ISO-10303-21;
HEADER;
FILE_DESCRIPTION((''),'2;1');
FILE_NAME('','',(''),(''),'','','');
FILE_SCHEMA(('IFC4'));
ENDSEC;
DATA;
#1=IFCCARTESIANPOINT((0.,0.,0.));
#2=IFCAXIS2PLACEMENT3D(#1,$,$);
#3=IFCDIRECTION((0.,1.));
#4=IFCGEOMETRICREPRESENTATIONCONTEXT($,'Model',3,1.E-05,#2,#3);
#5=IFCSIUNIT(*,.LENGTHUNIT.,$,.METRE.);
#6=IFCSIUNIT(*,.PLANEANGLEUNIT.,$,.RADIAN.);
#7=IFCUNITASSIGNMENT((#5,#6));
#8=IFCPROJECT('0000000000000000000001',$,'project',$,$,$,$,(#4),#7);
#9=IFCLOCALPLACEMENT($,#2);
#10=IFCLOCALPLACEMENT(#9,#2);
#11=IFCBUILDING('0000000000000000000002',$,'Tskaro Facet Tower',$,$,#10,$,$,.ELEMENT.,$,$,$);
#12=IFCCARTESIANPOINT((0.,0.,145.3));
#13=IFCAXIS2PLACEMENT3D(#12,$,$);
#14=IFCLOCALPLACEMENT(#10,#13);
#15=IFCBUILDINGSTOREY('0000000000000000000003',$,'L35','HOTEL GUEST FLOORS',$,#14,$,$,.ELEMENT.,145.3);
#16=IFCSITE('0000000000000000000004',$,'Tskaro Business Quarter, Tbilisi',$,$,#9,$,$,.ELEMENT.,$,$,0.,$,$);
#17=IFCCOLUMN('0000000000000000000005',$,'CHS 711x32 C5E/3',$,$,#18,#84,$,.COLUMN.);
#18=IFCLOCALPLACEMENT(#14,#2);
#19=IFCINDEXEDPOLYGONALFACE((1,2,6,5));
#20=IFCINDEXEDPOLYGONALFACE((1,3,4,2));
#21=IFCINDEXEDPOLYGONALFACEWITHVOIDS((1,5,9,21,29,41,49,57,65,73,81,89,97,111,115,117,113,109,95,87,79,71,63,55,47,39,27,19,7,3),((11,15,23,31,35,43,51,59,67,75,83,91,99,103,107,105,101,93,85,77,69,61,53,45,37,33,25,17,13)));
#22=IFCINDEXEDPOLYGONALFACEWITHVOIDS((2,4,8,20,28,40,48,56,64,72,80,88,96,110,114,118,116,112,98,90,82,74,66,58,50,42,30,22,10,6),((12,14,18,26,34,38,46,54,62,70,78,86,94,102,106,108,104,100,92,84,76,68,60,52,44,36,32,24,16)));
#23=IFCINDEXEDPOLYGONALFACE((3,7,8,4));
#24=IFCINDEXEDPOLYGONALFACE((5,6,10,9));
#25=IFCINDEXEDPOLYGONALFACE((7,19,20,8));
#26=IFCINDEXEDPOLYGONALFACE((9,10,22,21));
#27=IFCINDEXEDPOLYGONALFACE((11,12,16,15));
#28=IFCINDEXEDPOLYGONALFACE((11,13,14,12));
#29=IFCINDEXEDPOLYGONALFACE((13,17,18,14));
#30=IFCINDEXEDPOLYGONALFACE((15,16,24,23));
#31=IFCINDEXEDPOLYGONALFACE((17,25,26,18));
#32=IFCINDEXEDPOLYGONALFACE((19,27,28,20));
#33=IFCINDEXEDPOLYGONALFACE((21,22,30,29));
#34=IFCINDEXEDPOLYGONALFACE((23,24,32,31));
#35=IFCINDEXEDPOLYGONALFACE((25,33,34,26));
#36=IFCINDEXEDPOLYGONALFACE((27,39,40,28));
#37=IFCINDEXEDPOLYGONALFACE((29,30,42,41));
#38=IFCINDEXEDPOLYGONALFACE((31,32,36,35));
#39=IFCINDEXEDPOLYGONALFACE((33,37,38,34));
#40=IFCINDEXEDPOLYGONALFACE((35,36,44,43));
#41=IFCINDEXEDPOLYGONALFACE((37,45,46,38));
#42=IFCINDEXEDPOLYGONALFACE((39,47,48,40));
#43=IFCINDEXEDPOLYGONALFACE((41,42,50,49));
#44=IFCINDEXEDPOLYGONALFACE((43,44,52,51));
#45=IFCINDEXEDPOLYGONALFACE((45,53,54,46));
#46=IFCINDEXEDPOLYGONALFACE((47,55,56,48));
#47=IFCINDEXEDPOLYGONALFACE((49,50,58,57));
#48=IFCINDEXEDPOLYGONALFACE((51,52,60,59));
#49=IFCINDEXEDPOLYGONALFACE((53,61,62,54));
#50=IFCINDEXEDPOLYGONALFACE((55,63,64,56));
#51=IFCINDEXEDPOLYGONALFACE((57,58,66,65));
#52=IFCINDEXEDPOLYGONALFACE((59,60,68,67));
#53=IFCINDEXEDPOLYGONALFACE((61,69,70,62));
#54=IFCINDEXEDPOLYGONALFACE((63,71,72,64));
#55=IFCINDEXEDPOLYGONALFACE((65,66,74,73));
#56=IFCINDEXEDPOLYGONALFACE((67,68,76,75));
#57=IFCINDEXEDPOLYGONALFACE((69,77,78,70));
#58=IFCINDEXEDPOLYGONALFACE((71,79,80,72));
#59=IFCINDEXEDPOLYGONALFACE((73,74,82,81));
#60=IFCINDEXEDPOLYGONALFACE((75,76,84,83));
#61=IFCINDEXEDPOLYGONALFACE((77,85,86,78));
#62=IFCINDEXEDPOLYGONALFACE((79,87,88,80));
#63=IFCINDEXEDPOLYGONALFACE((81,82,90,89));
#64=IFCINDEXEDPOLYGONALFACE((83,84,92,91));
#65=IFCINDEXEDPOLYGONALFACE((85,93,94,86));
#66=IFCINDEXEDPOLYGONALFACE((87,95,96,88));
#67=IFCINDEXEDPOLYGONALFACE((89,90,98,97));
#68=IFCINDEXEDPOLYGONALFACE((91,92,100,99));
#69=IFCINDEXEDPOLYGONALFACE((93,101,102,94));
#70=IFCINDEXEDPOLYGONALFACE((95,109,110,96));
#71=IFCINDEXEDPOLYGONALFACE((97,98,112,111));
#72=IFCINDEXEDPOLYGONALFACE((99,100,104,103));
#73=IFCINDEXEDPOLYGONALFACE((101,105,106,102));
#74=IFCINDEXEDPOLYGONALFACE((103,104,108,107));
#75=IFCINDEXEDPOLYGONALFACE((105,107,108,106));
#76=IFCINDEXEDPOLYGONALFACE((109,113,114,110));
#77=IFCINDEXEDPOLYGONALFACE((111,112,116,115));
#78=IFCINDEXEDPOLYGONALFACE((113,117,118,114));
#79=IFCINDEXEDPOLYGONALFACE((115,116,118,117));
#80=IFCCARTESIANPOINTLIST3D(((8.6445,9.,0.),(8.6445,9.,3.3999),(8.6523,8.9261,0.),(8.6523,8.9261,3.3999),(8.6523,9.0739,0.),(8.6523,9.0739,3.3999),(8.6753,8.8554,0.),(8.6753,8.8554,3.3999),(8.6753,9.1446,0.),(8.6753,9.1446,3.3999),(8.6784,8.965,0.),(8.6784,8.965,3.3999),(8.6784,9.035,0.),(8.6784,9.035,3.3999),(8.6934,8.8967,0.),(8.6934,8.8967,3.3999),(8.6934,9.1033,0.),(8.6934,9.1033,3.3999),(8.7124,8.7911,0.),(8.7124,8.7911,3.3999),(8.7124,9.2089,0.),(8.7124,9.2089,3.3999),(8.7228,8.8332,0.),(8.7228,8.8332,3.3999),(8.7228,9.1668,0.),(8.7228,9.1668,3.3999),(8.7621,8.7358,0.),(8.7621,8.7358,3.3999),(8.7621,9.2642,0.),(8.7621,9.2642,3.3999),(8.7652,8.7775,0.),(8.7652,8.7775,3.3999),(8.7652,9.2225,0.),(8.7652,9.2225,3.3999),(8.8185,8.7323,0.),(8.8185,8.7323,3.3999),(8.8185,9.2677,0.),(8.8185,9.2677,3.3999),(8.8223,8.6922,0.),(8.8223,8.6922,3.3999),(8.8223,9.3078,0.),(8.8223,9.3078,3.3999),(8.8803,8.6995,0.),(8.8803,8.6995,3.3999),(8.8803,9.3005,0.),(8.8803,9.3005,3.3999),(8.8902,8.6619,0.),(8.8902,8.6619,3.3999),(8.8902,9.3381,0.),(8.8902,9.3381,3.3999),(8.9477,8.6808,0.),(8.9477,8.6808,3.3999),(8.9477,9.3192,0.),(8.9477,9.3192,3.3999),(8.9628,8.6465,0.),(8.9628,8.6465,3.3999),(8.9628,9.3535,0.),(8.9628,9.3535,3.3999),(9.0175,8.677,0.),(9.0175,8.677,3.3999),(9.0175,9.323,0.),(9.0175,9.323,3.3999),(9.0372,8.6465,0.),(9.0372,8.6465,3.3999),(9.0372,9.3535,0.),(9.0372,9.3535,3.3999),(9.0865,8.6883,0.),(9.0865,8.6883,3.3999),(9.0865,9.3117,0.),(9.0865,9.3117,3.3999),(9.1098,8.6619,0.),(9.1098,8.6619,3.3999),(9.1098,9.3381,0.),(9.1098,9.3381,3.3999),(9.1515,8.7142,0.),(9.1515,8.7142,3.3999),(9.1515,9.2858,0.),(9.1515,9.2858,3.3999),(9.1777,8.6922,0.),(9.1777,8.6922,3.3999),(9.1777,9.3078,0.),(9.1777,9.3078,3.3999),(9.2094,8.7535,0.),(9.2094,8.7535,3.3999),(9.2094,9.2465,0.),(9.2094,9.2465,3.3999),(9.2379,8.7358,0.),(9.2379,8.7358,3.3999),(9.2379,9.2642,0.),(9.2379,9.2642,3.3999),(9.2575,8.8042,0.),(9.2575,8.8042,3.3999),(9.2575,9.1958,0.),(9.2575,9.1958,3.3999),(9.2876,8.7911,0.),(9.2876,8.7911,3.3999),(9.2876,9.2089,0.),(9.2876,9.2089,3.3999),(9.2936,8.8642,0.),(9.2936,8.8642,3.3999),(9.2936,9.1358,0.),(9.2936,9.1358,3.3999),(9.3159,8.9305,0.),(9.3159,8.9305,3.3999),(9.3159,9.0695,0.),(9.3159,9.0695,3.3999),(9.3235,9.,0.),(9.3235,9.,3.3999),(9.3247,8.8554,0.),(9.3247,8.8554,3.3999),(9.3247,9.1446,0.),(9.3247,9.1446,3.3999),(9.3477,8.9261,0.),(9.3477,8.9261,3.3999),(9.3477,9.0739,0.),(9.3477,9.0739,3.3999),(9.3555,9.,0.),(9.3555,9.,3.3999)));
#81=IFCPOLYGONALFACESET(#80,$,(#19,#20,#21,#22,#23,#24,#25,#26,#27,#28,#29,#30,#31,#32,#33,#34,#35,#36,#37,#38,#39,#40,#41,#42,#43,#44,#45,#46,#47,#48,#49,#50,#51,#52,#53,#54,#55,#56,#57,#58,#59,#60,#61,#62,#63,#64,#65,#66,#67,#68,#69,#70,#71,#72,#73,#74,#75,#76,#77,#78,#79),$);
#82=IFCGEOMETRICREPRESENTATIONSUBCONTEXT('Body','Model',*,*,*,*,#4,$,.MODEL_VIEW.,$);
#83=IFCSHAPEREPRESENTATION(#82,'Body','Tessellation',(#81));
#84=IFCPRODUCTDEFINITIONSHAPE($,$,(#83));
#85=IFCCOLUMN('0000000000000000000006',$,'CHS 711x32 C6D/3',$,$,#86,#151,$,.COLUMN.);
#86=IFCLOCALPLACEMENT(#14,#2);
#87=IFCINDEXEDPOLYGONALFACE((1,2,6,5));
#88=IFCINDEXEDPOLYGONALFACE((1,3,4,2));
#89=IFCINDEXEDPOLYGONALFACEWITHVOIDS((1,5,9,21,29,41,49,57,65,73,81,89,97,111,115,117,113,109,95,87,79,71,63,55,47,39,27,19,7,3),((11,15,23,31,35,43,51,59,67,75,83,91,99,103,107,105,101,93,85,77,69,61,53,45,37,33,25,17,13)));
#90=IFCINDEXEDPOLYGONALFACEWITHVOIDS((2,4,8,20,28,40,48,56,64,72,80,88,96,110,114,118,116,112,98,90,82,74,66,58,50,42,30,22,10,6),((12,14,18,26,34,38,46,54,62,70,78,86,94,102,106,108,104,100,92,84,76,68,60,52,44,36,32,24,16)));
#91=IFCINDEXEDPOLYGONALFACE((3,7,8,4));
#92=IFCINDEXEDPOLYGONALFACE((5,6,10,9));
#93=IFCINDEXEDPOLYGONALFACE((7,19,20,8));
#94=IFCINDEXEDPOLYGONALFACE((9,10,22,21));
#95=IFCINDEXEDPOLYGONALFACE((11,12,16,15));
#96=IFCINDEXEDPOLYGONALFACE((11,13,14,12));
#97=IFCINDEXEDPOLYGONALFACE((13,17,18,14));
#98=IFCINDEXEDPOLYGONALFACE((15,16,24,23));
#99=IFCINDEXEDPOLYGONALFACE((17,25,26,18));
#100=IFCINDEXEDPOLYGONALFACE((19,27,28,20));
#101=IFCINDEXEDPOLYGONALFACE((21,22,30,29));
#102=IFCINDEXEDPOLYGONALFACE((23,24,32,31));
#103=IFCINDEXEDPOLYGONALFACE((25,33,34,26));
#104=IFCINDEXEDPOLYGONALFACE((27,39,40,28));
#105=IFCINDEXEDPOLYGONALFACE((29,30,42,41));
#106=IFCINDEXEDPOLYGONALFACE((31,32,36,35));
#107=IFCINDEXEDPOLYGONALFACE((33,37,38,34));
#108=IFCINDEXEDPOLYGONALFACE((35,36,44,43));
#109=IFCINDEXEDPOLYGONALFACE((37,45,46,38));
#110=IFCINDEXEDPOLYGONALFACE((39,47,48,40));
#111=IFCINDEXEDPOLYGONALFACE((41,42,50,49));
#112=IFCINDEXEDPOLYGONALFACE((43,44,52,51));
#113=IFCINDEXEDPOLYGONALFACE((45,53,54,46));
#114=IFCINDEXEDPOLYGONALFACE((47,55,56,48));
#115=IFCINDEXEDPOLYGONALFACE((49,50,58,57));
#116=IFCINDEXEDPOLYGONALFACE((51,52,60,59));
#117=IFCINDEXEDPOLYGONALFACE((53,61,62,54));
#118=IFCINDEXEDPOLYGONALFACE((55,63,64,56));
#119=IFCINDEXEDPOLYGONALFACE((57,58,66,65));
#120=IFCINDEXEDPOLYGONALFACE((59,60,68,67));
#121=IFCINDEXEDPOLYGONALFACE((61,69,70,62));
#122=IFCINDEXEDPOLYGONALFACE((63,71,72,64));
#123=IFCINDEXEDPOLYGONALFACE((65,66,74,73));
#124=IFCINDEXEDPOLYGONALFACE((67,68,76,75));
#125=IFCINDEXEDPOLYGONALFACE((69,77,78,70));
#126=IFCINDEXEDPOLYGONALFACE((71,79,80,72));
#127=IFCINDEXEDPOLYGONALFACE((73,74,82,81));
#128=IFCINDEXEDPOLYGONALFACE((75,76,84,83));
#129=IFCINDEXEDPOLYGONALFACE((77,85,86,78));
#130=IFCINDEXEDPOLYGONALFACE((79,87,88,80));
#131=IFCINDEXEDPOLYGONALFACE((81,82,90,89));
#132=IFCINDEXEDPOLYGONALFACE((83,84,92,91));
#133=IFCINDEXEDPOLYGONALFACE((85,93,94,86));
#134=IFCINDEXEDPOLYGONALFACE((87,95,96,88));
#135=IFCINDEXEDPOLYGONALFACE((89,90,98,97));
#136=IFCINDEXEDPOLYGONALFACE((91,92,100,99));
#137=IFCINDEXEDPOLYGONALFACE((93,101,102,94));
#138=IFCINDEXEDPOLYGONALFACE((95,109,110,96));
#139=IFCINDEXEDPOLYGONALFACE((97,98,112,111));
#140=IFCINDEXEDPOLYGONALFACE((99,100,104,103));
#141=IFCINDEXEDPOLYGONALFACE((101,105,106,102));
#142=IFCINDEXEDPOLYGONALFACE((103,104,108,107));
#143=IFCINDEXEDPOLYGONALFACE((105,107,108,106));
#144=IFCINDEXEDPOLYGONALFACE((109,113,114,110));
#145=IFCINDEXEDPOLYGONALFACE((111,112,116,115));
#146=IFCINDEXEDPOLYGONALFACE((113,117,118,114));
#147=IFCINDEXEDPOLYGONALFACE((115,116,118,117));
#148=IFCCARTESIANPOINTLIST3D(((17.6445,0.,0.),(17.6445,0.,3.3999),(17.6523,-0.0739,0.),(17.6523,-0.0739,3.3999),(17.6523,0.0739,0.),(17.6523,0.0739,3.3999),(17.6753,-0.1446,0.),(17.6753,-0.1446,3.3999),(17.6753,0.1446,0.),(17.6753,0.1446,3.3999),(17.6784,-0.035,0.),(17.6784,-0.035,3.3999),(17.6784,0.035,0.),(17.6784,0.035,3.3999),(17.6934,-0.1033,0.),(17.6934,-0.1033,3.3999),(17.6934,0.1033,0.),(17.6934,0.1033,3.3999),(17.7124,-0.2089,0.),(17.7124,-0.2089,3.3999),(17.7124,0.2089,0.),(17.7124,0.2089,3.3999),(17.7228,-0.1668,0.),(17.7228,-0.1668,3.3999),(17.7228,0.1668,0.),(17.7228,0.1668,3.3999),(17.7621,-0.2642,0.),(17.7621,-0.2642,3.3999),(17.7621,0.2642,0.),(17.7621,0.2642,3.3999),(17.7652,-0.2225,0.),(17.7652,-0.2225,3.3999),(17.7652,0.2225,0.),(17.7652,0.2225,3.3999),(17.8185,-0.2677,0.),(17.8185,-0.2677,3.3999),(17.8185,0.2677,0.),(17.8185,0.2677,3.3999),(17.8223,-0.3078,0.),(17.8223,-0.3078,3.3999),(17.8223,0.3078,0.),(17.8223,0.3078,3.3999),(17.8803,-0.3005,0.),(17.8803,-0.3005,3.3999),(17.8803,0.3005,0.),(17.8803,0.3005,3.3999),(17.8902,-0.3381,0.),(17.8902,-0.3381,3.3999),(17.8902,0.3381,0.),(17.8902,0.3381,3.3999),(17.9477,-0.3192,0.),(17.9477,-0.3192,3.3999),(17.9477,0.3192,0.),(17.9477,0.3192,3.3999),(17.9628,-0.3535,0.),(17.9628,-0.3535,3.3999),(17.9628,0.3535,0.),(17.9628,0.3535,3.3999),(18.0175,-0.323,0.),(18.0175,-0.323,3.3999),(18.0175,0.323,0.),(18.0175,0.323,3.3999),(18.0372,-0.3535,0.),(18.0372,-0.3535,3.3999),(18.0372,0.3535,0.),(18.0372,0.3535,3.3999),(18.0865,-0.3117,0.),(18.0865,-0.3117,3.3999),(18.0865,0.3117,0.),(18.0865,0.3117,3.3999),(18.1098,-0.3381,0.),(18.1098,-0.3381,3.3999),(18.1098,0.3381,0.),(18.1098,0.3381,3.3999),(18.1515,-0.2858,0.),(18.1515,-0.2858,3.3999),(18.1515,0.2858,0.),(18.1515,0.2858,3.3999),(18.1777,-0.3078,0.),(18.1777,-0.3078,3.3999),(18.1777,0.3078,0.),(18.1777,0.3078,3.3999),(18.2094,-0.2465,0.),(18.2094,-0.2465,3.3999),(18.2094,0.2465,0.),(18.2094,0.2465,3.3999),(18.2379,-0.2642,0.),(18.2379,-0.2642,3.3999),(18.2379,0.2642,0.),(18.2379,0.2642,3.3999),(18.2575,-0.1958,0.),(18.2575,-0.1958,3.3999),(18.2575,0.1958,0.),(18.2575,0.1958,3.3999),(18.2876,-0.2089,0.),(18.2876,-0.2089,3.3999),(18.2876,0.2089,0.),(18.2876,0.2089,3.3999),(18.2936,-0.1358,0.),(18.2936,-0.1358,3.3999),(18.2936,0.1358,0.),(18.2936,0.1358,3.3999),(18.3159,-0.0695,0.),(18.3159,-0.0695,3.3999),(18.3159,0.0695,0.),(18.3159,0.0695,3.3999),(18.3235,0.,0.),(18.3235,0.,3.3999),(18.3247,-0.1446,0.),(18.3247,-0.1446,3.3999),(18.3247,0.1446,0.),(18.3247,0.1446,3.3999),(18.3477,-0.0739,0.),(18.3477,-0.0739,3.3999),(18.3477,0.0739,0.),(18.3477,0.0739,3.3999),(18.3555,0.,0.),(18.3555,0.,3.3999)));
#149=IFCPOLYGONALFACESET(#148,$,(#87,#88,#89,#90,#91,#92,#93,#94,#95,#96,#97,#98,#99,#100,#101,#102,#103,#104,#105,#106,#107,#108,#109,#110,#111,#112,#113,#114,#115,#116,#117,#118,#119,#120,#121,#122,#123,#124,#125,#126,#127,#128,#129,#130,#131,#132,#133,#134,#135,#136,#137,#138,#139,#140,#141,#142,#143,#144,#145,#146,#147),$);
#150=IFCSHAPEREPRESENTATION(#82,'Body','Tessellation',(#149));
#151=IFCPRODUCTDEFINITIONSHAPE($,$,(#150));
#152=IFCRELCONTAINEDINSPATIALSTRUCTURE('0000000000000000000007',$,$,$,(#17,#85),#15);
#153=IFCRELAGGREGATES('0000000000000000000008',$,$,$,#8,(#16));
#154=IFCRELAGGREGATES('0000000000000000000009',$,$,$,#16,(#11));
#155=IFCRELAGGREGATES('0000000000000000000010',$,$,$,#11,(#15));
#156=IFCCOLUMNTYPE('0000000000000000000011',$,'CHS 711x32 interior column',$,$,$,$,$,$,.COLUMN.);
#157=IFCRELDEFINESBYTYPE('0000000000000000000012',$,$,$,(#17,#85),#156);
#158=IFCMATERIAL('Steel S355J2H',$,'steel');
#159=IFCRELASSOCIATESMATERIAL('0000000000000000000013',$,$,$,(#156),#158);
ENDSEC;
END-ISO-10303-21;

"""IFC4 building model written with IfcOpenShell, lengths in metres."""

from ifc_helpers import new_model, si_unit, direction, frame, origin, origin_2d, place, context, subcontext, project, spatial, hollow_circle, extrude, material, material_profile, profile_set, type_object, element, save


model = new_model("IFC4")

# Units and contexts
model_context = context("Model", 3, precision=1e-05, world=origin(), true_north=direction((0.0, 1.0)))
body_context = subcontext(model_context, "Body", "Model", "MODEL_VIEW")
ifc_project = project(units=[si_unit("LENGTHUNIT", "METRE"), si_unit("PLANEANGLEUNIT", "RADIAN")], contexts=[model_context])

# Site, building, storey
site_placement = place(None, origin())
site = spatial("IfcSite", under=ifc_project, at=site_placement, Name="Tskaro Business Quarter, Tbilisi", CompositionType="ELEMENT", RefElevation=0.0)
building_placement = place(site_placement, origin())
building = spatial("IfcBuilding", under=site, at=building_placement, Name="Tskaro Facet Tower", CompositionType="ELEMENT")
storey_placement = place(building_placement, frame((0.0, 0.0, 145.3)))
storey = spatial("IfcBuildingStorey", under=building, at=storey_placement, Name="L35", Description="HOTEL GUEST FLOORS", CompositionType="ELEMENT", Elevation=145.3)

# Columns
ifc_material_1 = material(Name="Steel S355J2H", Category="steel")
ifc_material_profile_1 = material_profile(ifc_material_1, hollow_circle(Radius=0.3555, WallThickness=0.032, at=origin_2d()), Name="CHS 711x32")
ifc_profile_set_1 = profile_set([ifc_material_profile_1], Name="Steel S355J2H")
column_type = type_object("IfcColumnType", Name="CHS 711x32 interior column", PredefinedType="COLUMN", material=ifc_profile_set_1)
for number, where, z_axis, x_axis, name in (
    (1, (9.0, 9.0, 0.0), (0.0, 0.0, 1.0), (1.0, 0.0, 0.0), "CHS 711x32 C5E/3"),
    (2, (18.0, 0.0, 0.0), (0.0, 0.0, 1.0), (1.0, 0.0, 0.0), "CHS 711x32 C6D/3"),
):
    element("IfcColumn", number, at=place(storey_placement, frame(where, z_axis=z_axis, x_axis=x_axis)), inside=storey, type_object=column_type, Name=name, PredefinedType="COLUMN", context=body_context, shape_type="SweptSolid", body=[
        extrude(hollow_circle(Radius=0.3555, WallThickness=0.032, at=origin_2d()), origin(), (0.0, 0.0, 1.0), 3.3999),
    ])

save(model, "model.ifc")
